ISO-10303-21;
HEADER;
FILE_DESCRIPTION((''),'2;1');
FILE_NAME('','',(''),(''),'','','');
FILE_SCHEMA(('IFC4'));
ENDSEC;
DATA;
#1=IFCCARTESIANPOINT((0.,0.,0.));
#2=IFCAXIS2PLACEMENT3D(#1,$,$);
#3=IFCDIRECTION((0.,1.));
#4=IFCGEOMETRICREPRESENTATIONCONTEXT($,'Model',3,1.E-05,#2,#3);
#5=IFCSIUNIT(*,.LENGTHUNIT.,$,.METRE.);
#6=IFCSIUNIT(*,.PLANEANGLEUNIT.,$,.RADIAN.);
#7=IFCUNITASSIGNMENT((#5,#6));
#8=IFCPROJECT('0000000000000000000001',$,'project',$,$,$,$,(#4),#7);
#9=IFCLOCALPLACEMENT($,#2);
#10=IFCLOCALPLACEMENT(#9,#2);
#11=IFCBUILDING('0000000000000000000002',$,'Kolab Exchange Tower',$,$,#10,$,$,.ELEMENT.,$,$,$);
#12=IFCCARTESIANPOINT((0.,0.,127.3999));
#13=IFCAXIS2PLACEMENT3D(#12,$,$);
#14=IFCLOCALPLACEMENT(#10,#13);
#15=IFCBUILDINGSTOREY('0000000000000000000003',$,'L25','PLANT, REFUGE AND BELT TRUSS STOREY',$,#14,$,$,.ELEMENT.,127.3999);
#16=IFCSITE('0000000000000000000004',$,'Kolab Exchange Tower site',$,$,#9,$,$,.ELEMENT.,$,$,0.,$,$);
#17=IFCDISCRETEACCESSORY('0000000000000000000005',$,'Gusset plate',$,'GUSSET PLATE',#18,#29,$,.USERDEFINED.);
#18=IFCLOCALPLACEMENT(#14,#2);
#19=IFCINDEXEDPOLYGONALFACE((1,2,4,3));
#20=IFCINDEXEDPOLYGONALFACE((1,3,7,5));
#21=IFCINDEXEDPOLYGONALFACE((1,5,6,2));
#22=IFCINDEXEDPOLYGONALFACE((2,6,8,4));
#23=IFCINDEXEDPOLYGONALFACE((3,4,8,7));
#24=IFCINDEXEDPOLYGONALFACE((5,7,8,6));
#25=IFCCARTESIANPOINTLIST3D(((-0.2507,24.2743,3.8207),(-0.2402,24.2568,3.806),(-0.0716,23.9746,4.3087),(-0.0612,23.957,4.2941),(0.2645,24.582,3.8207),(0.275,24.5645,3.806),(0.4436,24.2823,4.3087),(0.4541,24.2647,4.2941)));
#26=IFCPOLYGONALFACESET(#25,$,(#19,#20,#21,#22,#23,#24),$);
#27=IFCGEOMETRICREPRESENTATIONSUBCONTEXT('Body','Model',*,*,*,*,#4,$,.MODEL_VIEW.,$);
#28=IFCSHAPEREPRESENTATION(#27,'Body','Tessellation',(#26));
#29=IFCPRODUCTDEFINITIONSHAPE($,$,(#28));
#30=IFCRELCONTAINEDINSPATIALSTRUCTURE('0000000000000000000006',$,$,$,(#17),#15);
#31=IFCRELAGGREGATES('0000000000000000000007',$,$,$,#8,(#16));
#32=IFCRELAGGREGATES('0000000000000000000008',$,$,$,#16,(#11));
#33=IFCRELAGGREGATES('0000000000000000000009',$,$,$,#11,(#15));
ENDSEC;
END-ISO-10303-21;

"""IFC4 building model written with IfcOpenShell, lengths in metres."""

from ifc_helpers import new_model, si_unit, direction, frame, origin, origin_2d, place, context, subcontext, project, spatial, rectangle, extrude, element, save


model = new_model("IFC4")

# Units and contexts
model_context = context("Model", 3, precision=1e-05, world=origin(), true_north=direction((0.0, 1.0)))
body_context = subcontext(model_context, "Body", "Model", "MODEL_VIEW")
ifc_project = project(units=[si_unit("LENGTHUNIT", "METRE"), si_unit("PLANEANGLEUNIT", "RADIAN")], contexts=[model_context])

# Site, building, storey
site_placement = place(None, origin())
site = spatial("IfcSite", under=ifc_project, at=site_placement, Name="Kolab Exchange Tower site", CompositionType="ELEMENT", RefElevation=0.0)
building_placement = place(site_placement, origin())
building = spatial("IfcBuilding", under=site, at=building_placement, Name="Kolab Exchange Tower", CompositionType="ELEMENT")
storey_placement = place(building_placement, frame((0.0, 0.0, 127.3999)))
storey = spatial("IfcBuildingStorey", under=building, at=storey_placement, Name="L25", Description="PLANT, REFUGE AND BELT TRUSS STOREY", CompositionType="ELEMENT", Elevation=127.3999)

# Discrete accessory
discrete_accessory_placement = place(storey_placement, frame((0.1069, 24.2607, 4.05), z_axis=(-0.417004, 0.69824, 0.581866), x_axis=(-0.858543, -0.512741, 0.0)))
element("IfcDiscreteAccessory", 1, at=discrete_accessory_placement, inside=storey, Name="Gusset plate", ObjectType="GUSSET PLATE", PredefinedType="USERDEFINED", context=body_context, shape_type="SweptSolid", body=[
    extrude(rectangle(XDim=0.6001, YDim=0.6001, at=origin_2d()), origin(), (0.0, 0.0, 1.0), 0.0251),
])

save(model, "model.ifc")
